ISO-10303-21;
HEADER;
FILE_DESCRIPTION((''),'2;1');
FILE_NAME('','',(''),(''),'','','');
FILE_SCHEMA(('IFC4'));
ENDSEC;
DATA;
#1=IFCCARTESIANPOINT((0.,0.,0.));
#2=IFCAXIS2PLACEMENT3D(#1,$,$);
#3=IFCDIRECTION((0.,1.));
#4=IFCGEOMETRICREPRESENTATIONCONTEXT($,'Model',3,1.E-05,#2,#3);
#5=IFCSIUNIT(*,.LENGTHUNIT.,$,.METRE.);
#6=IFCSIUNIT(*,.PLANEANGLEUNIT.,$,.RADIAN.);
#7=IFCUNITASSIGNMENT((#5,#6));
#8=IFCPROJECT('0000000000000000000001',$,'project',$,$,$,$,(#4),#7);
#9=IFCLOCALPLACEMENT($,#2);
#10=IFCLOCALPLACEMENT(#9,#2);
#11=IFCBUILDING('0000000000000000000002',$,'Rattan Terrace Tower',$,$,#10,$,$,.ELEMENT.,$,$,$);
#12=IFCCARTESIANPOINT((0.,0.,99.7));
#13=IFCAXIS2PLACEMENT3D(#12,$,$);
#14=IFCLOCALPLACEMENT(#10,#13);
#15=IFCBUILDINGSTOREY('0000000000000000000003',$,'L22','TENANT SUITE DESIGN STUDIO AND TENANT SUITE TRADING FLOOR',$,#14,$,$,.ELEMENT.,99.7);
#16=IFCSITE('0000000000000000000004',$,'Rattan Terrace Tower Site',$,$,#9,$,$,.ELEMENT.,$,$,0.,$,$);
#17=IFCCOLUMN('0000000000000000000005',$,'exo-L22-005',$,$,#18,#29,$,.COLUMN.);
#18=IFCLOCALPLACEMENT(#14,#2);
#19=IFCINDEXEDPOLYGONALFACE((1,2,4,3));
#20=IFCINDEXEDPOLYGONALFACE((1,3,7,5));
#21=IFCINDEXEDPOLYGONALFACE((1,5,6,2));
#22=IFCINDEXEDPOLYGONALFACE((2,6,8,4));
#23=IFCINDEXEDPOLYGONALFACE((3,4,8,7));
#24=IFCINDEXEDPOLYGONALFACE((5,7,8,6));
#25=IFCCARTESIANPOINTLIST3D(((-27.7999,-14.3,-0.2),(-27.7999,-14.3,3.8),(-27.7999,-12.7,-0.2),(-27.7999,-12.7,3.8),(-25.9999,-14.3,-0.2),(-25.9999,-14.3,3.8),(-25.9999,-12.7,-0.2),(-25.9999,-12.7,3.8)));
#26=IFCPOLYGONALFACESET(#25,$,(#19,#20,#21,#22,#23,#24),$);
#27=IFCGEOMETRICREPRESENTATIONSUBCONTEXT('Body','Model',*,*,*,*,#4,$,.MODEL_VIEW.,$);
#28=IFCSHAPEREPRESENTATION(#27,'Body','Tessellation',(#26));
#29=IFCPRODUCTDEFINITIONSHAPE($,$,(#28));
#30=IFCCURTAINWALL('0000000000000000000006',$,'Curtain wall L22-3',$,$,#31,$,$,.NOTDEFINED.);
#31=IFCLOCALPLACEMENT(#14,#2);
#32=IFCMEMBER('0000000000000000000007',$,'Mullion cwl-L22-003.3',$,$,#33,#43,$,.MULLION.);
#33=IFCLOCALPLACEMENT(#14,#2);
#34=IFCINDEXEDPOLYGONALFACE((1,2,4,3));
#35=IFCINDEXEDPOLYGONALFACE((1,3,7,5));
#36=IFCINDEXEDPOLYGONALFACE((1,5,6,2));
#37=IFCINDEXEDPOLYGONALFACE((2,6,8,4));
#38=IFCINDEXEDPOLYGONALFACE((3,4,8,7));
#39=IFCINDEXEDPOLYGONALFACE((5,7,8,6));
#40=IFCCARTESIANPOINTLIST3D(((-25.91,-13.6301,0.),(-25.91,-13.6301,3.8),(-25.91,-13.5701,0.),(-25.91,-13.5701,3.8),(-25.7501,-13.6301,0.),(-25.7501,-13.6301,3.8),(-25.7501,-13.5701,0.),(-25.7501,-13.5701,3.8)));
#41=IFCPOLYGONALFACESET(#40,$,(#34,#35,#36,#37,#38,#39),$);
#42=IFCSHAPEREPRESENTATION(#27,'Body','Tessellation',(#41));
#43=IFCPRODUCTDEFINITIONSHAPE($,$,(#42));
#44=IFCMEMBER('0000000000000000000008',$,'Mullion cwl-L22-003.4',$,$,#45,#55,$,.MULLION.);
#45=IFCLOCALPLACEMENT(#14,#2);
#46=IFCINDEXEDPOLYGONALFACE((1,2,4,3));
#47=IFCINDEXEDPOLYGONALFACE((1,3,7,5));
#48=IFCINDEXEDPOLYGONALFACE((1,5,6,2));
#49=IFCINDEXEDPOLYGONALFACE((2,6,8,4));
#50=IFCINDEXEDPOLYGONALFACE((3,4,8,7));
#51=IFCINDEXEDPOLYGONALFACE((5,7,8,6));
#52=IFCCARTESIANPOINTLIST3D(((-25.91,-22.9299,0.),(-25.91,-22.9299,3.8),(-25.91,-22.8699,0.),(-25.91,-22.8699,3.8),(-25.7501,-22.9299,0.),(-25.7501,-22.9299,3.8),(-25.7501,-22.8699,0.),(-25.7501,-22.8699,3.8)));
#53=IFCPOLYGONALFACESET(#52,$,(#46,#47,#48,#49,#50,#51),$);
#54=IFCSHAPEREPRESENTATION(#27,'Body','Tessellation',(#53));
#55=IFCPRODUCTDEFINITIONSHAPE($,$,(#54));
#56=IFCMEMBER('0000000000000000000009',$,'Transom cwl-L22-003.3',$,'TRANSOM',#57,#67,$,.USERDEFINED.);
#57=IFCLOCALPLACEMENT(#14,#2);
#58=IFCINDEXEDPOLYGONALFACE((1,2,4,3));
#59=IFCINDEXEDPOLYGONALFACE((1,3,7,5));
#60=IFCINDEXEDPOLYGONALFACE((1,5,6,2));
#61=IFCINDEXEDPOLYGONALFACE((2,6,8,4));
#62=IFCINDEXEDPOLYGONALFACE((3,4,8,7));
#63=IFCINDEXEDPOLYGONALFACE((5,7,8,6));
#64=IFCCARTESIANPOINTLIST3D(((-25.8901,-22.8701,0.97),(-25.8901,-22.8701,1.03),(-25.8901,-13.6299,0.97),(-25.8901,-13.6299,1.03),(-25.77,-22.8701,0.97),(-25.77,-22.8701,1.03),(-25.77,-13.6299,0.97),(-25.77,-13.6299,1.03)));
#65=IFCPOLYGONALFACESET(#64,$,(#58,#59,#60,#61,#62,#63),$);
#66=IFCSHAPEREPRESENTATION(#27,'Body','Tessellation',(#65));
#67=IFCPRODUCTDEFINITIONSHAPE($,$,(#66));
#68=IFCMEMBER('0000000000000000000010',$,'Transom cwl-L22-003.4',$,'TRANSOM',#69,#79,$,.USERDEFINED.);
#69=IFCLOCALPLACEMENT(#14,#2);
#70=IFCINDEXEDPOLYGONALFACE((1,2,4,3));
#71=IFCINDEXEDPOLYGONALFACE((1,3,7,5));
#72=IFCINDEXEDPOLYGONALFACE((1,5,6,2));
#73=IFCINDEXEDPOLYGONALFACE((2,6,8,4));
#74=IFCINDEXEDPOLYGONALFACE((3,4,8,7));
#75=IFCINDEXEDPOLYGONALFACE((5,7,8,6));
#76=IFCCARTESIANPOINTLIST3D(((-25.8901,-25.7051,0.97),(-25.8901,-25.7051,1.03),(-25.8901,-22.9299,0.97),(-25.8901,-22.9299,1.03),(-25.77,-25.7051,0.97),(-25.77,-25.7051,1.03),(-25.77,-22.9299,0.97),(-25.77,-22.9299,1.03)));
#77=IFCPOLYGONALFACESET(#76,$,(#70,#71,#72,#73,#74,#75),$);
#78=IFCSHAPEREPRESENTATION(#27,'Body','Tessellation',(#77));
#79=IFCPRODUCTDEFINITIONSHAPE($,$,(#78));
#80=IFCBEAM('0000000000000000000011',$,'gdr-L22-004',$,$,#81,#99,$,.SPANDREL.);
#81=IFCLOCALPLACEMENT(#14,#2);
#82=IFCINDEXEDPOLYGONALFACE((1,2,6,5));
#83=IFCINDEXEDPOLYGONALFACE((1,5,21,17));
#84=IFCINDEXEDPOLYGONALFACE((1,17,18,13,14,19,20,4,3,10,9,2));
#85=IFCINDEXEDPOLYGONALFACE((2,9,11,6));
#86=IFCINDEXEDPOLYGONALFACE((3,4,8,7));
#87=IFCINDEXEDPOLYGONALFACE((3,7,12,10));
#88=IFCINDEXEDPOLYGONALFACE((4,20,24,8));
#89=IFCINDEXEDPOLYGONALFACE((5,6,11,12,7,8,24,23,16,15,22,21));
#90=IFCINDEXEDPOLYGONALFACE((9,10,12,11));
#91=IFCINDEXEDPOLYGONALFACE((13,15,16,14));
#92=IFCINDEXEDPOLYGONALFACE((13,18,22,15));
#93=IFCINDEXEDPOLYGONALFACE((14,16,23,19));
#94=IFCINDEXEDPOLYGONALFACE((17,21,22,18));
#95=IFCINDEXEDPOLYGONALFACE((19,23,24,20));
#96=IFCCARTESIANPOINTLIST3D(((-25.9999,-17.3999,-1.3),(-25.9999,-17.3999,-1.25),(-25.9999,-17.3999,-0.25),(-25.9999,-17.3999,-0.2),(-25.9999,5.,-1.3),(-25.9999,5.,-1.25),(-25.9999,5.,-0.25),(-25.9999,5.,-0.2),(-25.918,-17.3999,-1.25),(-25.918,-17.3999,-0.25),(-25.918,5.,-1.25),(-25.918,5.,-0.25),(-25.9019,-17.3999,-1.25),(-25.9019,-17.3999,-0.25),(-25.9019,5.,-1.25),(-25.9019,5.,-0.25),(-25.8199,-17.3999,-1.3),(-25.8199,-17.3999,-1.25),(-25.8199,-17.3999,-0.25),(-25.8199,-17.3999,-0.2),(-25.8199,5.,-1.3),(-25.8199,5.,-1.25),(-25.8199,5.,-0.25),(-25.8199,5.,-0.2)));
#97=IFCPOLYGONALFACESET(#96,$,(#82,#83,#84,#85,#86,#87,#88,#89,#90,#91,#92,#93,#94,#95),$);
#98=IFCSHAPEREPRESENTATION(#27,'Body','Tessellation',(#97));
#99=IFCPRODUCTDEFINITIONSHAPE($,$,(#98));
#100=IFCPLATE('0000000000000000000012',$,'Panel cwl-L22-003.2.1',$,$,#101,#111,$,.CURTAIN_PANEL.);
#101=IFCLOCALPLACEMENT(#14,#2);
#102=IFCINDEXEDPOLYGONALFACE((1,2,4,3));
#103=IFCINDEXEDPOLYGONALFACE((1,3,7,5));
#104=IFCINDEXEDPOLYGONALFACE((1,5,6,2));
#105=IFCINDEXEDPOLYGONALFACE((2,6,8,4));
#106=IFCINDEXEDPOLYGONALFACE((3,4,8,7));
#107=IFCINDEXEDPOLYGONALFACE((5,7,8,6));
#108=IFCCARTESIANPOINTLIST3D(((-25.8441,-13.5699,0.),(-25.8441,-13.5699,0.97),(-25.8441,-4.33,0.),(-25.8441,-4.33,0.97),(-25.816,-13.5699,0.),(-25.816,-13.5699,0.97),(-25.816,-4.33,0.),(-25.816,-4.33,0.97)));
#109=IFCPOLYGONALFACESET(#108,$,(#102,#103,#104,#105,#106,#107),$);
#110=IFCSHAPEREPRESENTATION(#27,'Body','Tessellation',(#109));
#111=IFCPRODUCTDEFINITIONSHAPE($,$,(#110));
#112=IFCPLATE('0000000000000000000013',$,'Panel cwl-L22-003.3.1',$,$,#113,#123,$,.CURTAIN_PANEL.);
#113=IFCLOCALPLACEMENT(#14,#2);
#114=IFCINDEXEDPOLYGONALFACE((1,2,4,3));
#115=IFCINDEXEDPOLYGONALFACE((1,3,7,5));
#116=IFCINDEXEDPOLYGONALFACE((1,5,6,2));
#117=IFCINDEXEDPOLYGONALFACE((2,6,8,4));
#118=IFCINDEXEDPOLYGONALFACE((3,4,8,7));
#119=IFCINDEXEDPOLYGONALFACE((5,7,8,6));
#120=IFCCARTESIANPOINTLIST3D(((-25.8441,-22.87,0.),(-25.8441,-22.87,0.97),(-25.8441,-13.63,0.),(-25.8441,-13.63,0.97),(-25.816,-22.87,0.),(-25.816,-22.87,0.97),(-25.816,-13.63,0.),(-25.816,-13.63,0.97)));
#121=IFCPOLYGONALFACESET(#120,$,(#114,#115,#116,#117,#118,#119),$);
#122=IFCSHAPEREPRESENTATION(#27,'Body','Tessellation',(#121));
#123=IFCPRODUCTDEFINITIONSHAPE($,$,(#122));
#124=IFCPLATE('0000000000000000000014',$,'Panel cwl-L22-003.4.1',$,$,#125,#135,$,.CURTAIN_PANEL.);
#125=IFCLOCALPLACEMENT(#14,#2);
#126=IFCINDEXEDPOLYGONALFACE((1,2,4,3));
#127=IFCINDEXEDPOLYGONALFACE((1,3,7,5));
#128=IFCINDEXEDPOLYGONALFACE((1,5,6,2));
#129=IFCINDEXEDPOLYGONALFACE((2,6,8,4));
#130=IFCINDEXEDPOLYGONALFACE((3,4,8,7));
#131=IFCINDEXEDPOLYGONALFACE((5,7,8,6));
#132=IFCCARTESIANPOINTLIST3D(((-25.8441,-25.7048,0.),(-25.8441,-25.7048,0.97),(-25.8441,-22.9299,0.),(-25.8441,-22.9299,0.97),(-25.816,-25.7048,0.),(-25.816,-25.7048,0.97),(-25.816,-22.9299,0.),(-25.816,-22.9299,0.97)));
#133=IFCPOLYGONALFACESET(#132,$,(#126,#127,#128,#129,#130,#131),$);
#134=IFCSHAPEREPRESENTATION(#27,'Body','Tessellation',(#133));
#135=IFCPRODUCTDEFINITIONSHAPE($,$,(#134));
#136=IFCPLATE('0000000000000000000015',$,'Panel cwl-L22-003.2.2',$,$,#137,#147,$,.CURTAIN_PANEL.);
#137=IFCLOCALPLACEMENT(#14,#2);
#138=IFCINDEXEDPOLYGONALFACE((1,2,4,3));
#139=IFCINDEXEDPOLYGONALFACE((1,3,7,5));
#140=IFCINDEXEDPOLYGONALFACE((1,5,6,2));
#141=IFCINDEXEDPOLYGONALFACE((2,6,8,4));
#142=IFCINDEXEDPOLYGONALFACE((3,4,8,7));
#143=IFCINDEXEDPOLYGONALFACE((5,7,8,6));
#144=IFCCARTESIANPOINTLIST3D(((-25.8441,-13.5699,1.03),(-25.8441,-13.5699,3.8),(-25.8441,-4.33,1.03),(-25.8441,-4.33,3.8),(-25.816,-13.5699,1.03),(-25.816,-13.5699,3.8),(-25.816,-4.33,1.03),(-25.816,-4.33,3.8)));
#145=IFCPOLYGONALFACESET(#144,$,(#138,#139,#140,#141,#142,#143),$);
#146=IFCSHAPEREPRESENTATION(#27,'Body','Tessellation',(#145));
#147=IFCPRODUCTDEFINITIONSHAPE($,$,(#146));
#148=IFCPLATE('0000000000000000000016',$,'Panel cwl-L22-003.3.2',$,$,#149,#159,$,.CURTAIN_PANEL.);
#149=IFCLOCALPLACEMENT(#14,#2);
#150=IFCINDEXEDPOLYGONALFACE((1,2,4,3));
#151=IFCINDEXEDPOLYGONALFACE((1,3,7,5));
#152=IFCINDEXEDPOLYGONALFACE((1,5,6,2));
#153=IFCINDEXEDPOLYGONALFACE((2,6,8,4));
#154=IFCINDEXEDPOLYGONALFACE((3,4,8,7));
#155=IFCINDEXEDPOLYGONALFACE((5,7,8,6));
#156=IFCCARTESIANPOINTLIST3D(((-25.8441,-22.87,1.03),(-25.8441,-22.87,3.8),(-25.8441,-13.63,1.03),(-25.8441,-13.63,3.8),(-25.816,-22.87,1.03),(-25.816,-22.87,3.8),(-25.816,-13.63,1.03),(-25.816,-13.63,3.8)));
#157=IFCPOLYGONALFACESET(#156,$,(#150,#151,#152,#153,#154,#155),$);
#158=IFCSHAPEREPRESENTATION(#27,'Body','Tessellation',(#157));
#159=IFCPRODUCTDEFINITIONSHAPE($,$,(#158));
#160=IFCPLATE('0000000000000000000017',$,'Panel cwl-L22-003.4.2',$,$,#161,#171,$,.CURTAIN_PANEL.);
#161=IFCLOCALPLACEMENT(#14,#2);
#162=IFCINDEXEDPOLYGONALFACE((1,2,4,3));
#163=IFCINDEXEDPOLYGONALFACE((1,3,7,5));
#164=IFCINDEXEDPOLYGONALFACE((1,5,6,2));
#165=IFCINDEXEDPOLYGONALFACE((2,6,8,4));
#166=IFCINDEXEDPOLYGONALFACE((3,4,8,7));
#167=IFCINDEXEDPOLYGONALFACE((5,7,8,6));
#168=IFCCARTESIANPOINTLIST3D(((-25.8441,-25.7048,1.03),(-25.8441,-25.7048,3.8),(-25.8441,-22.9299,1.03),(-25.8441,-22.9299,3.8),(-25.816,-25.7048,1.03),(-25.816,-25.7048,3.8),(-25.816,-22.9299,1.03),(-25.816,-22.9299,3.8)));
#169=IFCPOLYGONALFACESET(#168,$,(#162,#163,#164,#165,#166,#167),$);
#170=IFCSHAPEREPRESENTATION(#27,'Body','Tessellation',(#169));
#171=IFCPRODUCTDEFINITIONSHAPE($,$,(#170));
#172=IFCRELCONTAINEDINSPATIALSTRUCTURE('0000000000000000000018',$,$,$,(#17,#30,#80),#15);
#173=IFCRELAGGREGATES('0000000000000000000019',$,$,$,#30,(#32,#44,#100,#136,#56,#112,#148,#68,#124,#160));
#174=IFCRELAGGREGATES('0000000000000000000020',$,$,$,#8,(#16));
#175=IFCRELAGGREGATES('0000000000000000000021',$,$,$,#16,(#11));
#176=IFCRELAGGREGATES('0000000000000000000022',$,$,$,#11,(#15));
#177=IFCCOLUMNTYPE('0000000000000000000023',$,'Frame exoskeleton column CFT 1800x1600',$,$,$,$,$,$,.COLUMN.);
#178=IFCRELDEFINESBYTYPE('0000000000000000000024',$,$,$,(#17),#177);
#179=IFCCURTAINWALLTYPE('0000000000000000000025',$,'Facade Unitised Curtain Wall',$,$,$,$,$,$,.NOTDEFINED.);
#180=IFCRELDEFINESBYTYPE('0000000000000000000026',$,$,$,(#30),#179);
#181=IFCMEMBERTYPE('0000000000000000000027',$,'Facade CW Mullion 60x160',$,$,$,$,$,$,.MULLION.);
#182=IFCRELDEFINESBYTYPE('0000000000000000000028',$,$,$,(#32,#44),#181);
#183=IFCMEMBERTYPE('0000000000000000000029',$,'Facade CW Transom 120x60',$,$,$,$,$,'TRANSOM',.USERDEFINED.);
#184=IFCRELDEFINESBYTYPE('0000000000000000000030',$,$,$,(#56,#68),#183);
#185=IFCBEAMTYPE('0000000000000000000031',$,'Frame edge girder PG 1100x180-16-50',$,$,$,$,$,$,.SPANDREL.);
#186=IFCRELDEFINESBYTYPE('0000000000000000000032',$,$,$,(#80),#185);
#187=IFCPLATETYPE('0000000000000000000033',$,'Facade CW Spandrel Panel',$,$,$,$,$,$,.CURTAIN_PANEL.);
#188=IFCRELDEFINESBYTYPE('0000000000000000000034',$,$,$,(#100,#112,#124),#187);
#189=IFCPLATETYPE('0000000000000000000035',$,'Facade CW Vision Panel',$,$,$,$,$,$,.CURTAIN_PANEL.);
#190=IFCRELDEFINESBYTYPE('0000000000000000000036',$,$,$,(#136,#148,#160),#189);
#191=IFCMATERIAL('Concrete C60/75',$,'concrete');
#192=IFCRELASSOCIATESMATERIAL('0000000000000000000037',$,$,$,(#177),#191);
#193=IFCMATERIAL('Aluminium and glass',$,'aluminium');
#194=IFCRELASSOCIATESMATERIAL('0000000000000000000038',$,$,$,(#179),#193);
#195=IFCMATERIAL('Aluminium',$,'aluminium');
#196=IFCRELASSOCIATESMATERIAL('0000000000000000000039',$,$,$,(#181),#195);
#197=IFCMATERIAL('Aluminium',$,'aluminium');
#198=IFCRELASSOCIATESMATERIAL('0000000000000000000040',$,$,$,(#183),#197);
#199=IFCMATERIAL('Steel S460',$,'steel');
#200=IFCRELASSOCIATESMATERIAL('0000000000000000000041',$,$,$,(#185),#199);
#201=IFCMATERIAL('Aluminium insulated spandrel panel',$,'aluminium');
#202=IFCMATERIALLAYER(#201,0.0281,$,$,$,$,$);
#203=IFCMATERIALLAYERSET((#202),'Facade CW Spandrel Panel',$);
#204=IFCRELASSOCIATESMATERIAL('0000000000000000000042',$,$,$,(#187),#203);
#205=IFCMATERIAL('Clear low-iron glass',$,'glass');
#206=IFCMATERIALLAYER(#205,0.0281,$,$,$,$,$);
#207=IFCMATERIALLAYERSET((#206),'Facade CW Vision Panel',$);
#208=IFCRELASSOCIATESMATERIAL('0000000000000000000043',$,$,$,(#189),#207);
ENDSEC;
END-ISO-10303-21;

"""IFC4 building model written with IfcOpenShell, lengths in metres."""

from ifc_helpers import new_model, si_unit, direction, frame, origin, origin_2d, place, context, subcontext, project, spatial, rectangle, i_section, extrude, material, layer, layer_set, material_profile, profile_set, type_object, element, aggregate, save


model = new_model("IFC4")

# Units and contexts
model_context = context("Model", 3, precision=1e-05, world=origin(), true_north=direction((0.0, 1.0)))
body_context = subcontext(model_context, "Body", "Model", "MODEL_VIEW")
ifc_project = project(units=[si_unit("LENGTHUNIT", "METRE"), si_unit("PLANEANGLEUNIT", "RADIAN")], contexts=[model_context])

# Site, building, storey
site_placement = place(None, origin())
site = spatial("IfcSite", under=ifc_project, at=site_placement, Name="Rattan Terrace Tower Site", CompositionType="ELEMENT", RefElevation=0.0)
building_placement = place(site_placement, origin())
building = spatial("IfcBuilding", under=site, at=building_placement, Name="Rattan Terrace Tower", CompositionType="ELEMENT")
storey_placement = place(building_placement, frame((0.0, 0.0, 99.7)))
storey = spatial("IfcBuildingStorey", under=building, at=storey_placement, Name="L22", Description="TENANT SUITE DESIGN STUDIO AND TENANT SUITE TRADING FLOOR", CompositionType="ELEMENT", Elevation=99.7)

# Column
ifc_material_1 = material(Name="Concrete C60/75", Category="concrete")
ifc_material_profile_1 = material_profile(ifc_material_1, rectangle(XDim=1.6001, YDim=1.8, at=origin_2d()), Name="CFT 1800x1600")
ifc_profile_set_1 = profile_set([ifc_material_profile_1], Name="Concrete C60/75")
column_type = type_object("IfcColumnType", Name="Frame exoskeleton column CFT 1800x1600", PredefinedType="COLUMN", material=ifc_profile_set_1)
column_placement = place(storey_placement, frame((-26.8999, -13.5, -0.2), z_axis=(0.0, 0.0, 1.0), x_axis=(0.0, 1.0, 0.0)))
element("IfcColumn", 1, at=column_placement, inside=storey, type_object=column_type, Name="exo-L22-005", PredefinedType="COLUMN", context=body_context, shape_type="SweptSolid", body=[
    extrude(rectangle(XDim=1.6001, YDim=1.8, at=origin_2d()), origin(), (0.0, 0.0, 1.0), 4.0),
])

# Curtain wall, members
ifc_material_2 = material(Name="Aluminium and glass", Category="aluminium")
curtain_wall_type = type_object("IfcCurtainWallType", Name="Facade Unitised Curtain Wall", PredefinedType="NOTDEFINED", material=ifc_material_2)
curtain_wall_placement = place(storey_placement, origin())
curtain_wall = element("IfcCurtainWall", 2, at=curtain_wall_placement, inside=storey, type_object=curtain_wall_type, Name="Curtain wall L22-3", PredefinedType="NOTDEFINED")
ifc_material_3 = material(Name="Aluminium", Category="aluminium")
ifc_material_profile_2 = material_profile(ifc_material_3, rectangle(XDim=0.0601, YDim=0.1599, at=origin_2d()), Name="Aluminium 60x160")
ifc_profile_set_2 = profile_set([ifc_material_profile_2], Name="Aluminium")
member_type_1 = type_object("IfcMemberType", Name="Facade CW Mullion 60x160", PredefinedType="MULLION", material=ifc_profile_set_2)
member_1_placement = place(storey_placement, frame((-25.8301, -13.6001, 0.0), z_axis=(0.0, 0.0, 1.0), x_axis=(0.0, -1.0, 0.0)))
member_1 = element("IfcMember", 3, at=member_1_placement, type_object=member_type_1, Name="Mullion cwl-L22-003.3", PredefinedType="MULLION", context=body_context, shape_type="SweptSolid", body=[
    extrude(rectangle(XDim=0.0601, YDim=0.1599, at=origin_2d()), origin(), (0.0, 0.0, 1.0), 3.8),
])
member_2_placement = place(storey_placement, frame((-25.8301, -22.8999, 0.0), z_axis=(0.0, 0.0, 1.0), x_axis=(0.0, -1.0, 0.0)))
member_2 = element("IfcMember", 4, at=member_2_placement, type_object=member_type_1, Name="Mullion cwl-L22-003.4", PredefinedType="MULLION", context=body_context, shape_type="SweptSolid", body=[
    extrude(rectangle(XDim=0.0601, YDim=0.1599, at=origin_2d()), origin(), (0.0, 0.0, 1.0), 3.8),
])
ifc_material_4 = material(Name="Aluminium", Category="aluminium")
ifc_material_profile_3 = material_profile(ifc_material_4, rectangle(XDim=0.1201, YDim=0.0601, at=origin_2d()), Name="Aluminium 120x60")
ifc_profile_set_3 = profile_set([ifc_material_profile_3], Name="Aluminium")
member_type_2 = type_object("IfcMemberType", Name="Facade CW Transom 120x60", ElementType="TRANSOM", PredefinedType="USERDEFINED", material=ifc_profile_set_3)
member_3_placement = place(storey_placement, frame((-25.8301, -13.6299, 1.0), z_axis=(0.0, -1.0, 0.0), x_axis=(1.0, 0.0, 0.0)))
member_3 = element("IfcMember", 5, at=member_3_placement, type_object=member_type_2, Name="Transom cwl-L22-003.3", ObjectType="TRANSOM", PredefinedType="USERDEFINED", context=body_context, shape_type="SweptSolid", body=[
    extrude(rectangle(XDim=0.1201, YDim=0.0601, at=origin_2d()), origin(), (0.0, 0.0, 1.0), 9.2402),
])
member_4_placement = place(storey_placement, frame((-25.8301, -22.9299, 1.0), z_axis=(0.0, -1.0, 0.0), x_axis=(1.0, 0.0, 0.0)))
member_4 = element("IfcMember", 6, at=member_4_placement, type_object=member_type_2, Name="Transom cwl-L22-003.4", ObjectType="TRANSOM", PredefinedType="USERDEFINED", context=body_context, shape_type="SweptSolid", body=[
    extrude(rectangle(XDim=0.1201, YDim=0.0601, at=origin_2d()), origin(), (0.0, 0.0, 1.0), 2.7751),
])

# Beam
ifc_material_5 = material(Name="Steel S460", Category="steel")
ifc_material_profile_4 = material_profile(ifc_material_5, i_section(OverallWidth=0.1799, OverallDepth=1.1001, WebThickness=0.0161, FlangeThickness=0.05, at=origin_2d()), Name="PG 1100x180-16-50")
ifc_profile_set_4 = profile_set([ifc_material_profile_4], Name="Steel S460")
beam_type = type_object("IfcBeamType", Name="Frame edge girder PG 1100x180-16-50", PredefinedType="SPANDREL", material=ifc_profile_set_4)
beam_placement = place(storey_placement, frame((-25.9099, -17.3999, -0.75), z_axis=(0.0, 1.0, 0.0), x_axis=(-1.0, 0.0, 0.0)))
element("IfcBeam", 7, at=beam_placement, inside=storey, type_object=beam_type, Name="gdr-L22-004", PredefinedType="SPANDREL", context=body_context, shape_type="SweptSolid", body=[
    extrude(i_section(OverallWidth=0.1799, OverallDepth=1.1001, WebThickness=0.0161, FlangeThickness=0.05, at=origin_2d()), origin(), (0.0, 0.0, 1.0), 22.3999),
])

# Plates
ifc_material_6 = material(Name="Aluminium insulated spandrel panel", Category="aluminium")
ifc_layer_1 = layer(ifc_material_6, 0.0281)
ifc_layer_set_1 = layer_set([ifc_layer_1], Name="Facade CW Spandrel Panel")
plate_type_1 = type_object("IfcPlateType", Name="Facade CW Spandrel Panel", PredefinedType="CURTAIN_PANEL", material=ifc_layer_set_1)
plate_1_placement = place(storey_placement, frame((-25.8301, -8.95, 0.0), z_axis=(0.0, 0.0, 1.0), x_axis=(0.0, -1.0, 0.0)))
plate_1 = element("IfcPlate", 8, at=plate_1_placement, type_object=plate_type_1, Name="Panel cwl-L22-003.2.1", PredefinedType="CURTAIN_PANEL", context=body_context, shape_type="SweptSolid", body=[
    extrude(rectangle(XDim=9.24, YDim=0.0281, at=origin_2d()), origin(), (0.0, 0.0, 1.0), 0.97),
])
plate_2_placement = place(storey_placement, frame((-25.8301, -18.25, 0.0), z_axis=(0.0, 0.0, 1.0), x_axis=(0.0, -1.0, 0.0)))
plate_2 = element("IfcPlate", 9, at=plate_2_placement, type_object=plate_type_1, Name="Panel cwl-L22-003.3.1", PredefinedType="CURTAIN_PANEL", context=body_context, shape_type="SweptSolid", body=[
    extrude(rectangle(XDim=9.24, YDim=0.0281, at=origin_2d()), origin(), (0.0, 0.0, 1.0), 0.97),
])
plate_3_placement = place(storey_placement, frame((-25.8301, -24.3174, 0.0), z_axis=(0.0, 0.0, 1.0), x_axis=(0.0, -1.0, 0.0)))
plate_3 = element("IfcPlate", 10, at=plate_3_placement, type_object=plate_type_1, Name="Panel cwl-L22-003.4.1", PredefinedType="CURTAIN_PANEL", context=body_context, shape_type="SweptSolid", body=[
    extrude(rectangle(XDim=2.7749, YDim=0.0281, at=origin_2d()), origin(), (0.0, 0.0, 1.0), 0.97),
])
ifc_material_7 = material(Name="Clear low-iron glass", Category="glass")
ifc_layer_2 = layer(ifc_material_7, 0.0281)
ifc_layer_set_2 = layer_set([ifc_layer_2], Name="Facade CW Vision Panel")
plate_type_2 = type_object("IfcPlateType", Name="Facade CW Vision Panel", PredefinedType="CURTAIN_PANEL", material=ifc_layer_set_2)
plate_4_placement = place(storey_placement, frame((-25.8301, -8.95, 1.03), z_axis=(0.0, 0.0, 1.0), x_axis=(0.0, -1.0, 0.0)))
plate_4 = element("IfcPlate", 11, at=plate_4_placement, type_object=plate_type_2, Name="Panel cwl-L22-003.2.2", PredefinedType="CURTAIN_PANEL", context=body_context, shape_type="SweptSolid", body=[
    extrude(rectangle(XDim=9.24, YDim=0.0281, at=origin_2d()), origin(), (0.0, 0.0, 1.0), 2.77),
])
plate_5_placement = place(storey_placement, frame((-25.8301, -18.25, 1.03), z_axis=(0.0, 0.0, 1.0), x_axis=(0.0, -1.0, 0.0)))
plate_5 = element("IfcPlate", 12, at=plate_5_placement, type_object=plate_type_2, Name="Panel cwl-L22-003.3.2", PredefinedType="CURTAIN_PANEL", context=body_context, shape_type="SweptSolid", body=[
    extrude(rectangle(XDim=9.24, YDim=0.0281, at=origin_2d()), origin(), (0.0, 0.0, 1.0), 2.77),
])
plate_6_placement = place(storey_placement, frame((-25.8301, -24.3174, 1.03), z_axis=(0.0, 0.0, 1.0), x_axis=(0.0, -1.0, 0.0)))
plate_6 = element("IfcPlate", 13, at=plate_6_placement, type_object=plate_type_2, Name="Panel cwl-L22-003.4.2", PredefinedType="CURTAIN_PANEL", context=body_context, shape_type="SweptSolid", body=[
    extrude(rectangle(XDim=2.7749, YDim=0.0281, at=origin_2d()), origin(), (0.0, 0.0, 1.0), 2.77),
])
aggregate(curtain_wall, [member_1, member_2, plate_1, plate_4, member_3, plate_2, plate_5, member_4, plate_3, plate_6])

save(model, "model.ifc")
